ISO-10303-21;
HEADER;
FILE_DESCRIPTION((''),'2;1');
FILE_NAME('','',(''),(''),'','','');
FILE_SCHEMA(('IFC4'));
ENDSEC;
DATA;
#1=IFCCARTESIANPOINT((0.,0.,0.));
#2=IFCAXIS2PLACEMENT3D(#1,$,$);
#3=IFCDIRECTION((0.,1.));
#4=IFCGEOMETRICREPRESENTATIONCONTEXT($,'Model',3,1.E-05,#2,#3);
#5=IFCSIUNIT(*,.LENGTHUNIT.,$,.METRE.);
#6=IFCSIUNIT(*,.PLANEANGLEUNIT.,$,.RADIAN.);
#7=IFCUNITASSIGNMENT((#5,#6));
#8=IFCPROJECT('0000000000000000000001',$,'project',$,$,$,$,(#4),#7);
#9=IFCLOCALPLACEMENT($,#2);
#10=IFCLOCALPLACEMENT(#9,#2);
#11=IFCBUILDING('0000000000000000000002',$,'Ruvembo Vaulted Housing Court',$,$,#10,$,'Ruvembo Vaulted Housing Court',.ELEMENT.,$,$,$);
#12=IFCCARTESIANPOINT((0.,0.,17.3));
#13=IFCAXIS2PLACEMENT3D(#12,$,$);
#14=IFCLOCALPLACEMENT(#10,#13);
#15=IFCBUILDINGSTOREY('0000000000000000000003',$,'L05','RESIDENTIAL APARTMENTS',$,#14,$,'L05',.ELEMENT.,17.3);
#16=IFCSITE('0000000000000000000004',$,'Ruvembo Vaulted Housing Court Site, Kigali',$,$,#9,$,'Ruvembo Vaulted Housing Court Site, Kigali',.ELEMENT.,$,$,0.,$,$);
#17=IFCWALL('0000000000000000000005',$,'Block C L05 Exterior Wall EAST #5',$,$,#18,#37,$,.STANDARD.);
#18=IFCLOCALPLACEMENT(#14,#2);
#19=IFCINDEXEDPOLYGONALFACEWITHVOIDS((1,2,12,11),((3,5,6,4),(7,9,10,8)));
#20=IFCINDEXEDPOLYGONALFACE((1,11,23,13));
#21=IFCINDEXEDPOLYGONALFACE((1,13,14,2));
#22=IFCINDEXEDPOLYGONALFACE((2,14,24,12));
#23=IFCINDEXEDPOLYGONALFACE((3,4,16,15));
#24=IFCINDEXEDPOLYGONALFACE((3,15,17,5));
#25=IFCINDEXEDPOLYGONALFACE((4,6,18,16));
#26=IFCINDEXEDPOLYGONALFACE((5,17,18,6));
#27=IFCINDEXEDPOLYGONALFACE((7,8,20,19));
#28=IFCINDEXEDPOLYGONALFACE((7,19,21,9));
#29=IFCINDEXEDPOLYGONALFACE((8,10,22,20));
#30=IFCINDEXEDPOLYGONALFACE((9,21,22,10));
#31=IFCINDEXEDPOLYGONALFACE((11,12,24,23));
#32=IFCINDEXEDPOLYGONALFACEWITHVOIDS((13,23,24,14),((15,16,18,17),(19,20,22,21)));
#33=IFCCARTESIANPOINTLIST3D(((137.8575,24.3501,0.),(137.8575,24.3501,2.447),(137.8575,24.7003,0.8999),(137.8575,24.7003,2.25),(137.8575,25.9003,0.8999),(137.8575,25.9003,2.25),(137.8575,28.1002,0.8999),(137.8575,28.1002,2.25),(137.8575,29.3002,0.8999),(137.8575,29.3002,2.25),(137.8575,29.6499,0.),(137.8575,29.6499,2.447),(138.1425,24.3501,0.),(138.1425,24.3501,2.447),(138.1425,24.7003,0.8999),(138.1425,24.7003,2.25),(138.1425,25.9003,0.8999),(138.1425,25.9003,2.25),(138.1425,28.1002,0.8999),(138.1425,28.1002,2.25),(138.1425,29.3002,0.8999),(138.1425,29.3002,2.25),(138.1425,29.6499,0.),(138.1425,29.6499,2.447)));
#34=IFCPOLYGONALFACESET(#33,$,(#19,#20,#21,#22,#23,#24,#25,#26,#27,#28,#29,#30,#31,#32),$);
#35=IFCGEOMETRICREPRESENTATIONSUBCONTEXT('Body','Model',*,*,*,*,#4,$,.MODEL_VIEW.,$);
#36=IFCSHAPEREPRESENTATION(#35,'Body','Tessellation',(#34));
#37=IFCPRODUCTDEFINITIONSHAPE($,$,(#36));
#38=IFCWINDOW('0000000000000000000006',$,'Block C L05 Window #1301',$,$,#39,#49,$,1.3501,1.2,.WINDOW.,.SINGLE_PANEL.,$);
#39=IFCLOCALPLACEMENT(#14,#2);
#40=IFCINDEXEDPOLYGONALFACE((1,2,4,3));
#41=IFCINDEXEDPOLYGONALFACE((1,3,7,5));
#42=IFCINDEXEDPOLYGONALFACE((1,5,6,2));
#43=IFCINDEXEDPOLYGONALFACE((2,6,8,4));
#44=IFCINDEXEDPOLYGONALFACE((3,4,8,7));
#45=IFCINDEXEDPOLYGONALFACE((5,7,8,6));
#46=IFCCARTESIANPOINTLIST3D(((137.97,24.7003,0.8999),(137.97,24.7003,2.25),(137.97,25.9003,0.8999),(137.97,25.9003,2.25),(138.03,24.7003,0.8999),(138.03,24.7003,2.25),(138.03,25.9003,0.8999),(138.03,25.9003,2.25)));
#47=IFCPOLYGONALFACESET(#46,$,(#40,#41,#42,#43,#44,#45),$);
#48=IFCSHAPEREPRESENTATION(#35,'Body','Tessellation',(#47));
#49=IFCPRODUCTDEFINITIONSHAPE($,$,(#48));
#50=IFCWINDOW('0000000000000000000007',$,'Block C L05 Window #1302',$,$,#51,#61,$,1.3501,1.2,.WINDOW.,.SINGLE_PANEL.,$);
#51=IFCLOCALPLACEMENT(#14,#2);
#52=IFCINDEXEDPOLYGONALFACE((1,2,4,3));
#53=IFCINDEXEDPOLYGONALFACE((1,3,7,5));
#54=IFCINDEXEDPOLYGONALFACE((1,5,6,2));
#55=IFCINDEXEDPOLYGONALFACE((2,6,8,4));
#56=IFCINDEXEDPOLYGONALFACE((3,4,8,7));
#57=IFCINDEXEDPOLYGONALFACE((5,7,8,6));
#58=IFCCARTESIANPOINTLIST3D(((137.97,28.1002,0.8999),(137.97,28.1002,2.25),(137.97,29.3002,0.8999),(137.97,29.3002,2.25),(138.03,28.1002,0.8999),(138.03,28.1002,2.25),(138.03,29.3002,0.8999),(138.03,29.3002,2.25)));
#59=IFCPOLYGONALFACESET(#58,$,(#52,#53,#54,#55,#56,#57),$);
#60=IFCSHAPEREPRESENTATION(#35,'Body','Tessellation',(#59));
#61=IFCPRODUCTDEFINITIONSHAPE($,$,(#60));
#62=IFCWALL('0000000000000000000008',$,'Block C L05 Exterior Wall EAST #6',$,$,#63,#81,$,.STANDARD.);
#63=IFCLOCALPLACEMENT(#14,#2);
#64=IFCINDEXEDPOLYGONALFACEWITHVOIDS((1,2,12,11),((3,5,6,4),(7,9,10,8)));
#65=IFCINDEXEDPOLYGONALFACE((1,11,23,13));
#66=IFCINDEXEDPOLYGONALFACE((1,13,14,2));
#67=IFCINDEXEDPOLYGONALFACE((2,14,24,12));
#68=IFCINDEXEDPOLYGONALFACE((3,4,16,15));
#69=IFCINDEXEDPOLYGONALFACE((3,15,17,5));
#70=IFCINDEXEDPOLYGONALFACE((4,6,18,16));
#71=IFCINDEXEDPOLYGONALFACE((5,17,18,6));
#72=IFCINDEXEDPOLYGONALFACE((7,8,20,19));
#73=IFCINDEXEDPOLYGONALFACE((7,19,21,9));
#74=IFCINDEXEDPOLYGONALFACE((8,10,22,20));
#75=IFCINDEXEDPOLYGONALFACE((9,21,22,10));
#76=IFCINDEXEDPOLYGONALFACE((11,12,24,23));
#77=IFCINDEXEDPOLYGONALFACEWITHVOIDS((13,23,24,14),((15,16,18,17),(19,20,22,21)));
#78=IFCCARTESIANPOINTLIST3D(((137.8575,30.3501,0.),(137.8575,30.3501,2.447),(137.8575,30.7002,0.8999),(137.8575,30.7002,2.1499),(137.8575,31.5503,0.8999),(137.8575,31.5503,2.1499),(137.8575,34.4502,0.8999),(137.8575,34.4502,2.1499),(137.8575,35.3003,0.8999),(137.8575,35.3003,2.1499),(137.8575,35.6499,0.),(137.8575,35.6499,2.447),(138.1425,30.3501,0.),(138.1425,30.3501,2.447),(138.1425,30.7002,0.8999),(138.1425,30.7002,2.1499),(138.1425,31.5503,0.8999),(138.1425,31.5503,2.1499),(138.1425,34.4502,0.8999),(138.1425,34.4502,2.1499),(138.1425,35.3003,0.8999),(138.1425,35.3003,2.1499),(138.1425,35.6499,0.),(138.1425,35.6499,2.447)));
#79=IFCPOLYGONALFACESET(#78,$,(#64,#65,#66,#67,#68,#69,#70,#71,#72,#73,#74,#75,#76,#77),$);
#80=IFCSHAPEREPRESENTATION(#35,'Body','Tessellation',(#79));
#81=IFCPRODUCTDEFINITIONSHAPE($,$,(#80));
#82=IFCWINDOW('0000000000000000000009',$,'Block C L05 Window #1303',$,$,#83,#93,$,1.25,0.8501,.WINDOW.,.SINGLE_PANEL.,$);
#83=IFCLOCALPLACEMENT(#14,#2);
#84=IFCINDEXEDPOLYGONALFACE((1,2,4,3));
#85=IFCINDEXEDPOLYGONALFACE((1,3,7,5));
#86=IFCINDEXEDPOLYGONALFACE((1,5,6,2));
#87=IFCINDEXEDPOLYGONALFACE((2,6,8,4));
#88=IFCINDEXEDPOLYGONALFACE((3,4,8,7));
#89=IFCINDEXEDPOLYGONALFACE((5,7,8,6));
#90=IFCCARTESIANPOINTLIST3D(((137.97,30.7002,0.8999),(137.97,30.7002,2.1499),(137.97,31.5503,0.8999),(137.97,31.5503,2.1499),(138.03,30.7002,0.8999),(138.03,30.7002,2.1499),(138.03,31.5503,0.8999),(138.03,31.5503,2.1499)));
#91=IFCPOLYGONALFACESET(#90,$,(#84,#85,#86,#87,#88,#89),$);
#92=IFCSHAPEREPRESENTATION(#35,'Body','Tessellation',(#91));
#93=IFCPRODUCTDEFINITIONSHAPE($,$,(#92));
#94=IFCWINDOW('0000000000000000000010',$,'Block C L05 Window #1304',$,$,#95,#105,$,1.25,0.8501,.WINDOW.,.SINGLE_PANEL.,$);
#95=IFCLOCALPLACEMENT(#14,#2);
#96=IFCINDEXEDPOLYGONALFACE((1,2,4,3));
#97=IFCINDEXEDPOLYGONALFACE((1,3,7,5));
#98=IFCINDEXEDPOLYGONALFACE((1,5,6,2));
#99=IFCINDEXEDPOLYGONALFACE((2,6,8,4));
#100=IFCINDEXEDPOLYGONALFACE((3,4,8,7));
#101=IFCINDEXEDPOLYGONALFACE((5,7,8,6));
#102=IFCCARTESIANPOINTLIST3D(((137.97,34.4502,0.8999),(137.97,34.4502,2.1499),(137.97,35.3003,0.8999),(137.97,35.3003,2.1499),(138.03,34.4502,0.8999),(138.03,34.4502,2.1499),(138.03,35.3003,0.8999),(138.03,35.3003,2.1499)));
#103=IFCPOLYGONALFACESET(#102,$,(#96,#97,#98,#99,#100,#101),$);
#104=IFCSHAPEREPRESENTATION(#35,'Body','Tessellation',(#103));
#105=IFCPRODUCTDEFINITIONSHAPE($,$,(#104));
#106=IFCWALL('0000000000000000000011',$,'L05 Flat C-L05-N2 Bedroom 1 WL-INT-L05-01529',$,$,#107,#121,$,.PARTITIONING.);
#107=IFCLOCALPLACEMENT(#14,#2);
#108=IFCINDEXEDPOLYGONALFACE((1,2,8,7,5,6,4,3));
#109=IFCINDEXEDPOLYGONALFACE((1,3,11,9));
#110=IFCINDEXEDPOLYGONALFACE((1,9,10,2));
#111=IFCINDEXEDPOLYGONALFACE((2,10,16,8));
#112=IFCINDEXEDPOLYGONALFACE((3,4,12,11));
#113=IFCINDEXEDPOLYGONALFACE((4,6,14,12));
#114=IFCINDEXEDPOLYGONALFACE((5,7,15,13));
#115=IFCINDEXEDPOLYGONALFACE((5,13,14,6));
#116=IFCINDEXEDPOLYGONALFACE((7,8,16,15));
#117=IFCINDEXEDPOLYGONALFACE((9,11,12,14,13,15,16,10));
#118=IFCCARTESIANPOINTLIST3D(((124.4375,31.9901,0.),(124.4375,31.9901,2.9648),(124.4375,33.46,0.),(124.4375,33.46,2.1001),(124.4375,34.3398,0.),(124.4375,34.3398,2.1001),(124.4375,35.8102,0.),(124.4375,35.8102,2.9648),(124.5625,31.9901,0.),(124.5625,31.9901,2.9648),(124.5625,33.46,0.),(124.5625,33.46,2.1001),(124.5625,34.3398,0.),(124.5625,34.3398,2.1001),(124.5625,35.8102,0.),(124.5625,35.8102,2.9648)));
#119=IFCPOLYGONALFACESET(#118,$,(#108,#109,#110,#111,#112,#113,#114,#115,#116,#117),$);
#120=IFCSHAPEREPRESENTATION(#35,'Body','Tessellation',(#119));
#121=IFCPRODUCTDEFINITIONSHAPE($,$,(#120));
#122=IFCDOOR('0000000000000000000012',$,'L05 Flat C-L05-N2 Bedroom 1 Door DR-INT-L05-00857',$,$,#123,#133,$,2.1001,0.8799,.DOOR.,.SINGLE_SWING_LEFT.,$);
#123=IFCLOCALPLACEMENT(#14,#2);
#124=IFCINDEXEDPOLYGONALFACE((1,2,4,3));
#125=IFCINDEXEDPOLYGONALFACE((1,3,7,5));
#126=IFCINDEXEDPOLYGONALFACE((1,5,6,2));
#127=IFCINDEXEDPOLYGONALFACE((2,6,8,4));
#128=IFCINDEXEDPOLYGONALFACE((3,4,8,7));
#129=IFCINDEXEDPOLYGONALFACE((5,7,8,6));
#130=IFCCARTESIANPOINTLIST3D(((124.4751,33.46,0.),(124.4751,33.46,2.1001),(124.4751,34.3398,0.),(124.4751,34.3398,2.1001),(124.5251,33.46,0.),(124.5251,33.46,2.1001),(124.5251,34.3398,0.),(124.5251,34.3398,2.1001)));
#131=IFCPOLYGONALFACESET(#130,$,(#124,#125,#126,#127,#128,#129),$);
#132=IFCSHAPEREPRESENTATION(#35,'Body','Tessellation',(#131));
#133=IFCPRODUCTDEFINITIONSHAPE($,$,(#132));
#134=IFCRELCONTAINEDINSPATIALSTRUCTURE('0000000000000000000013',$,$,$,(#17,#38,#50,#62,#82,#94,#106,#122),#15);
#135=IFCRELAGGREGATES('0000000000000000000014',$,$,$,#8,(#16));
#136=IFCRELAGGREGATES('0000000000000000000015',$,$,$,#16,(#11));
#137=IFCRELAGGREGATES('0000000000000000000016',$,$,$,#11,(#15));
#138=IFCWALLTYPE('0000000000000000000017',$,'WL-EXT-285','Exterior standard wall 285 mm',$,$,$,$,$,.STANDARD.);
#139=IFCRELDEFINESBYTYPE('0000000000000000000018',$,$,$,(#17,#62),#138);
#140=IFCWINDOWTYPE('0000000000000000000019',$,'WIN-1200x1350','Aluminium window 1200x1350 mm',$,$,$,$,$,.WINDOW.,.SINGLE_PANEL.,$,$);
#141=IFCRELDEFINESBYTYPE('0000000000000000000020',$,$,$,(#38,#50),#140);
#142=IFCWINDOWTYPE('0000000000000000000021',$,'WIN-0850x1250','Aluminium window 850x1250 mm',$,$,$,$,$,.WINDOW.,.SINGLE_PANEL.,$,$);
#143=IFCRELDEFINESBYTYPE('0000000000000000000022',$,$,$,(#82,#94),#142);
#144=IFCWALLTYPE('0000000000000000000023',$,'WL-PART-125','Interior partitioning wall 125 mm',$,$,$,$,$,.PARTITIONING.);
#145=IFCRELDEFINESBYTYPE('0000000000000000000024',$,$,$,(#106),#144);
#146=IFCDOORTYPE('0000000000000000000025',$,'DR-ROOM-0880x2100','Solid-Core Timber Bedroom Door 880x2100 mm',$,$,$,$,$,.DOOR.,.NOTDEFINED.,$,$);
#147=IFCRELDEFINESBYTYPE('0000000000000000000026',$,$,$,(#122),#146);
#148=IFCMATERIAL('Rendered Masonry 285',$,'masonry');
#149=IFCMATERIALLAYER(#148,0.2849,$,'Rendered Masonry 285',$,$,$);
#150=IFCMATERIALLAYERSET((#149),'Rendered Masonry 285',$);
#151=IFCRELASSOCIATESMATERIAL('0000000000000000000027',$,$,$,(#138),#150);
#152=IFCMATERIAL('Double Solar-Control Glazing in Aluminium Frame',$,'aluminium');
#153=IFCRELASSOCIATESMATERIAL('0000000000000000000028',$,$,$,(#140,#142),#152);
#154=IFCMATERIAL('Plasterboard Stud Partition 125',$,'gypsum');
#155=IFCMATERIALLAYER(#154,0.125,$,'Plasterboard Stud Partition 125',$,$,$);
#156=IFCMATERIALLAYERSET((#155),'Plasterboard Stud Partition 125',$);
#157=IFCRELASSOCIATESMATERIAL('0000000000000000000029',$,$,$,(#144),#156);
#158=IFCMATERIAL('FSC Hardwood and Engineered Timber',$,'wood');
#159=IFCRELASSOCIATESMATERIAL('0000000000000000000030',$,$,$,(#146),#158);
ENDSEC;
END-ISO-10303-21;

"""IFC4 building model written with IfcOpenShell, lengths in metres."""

from ifc_helpers import new_model, si_unit, direction, frame, frame_2d, origin, place, context, subcontext, project, spatial, rectangle, extrude, material, layer, layer_set, type_object, element, fill, save


model = new_model("IFC4")

# Units and contexts
model_context = context("Model", 3, precision=1e-05, world=origin(), true_north=direction((0.0, 1.0)))
body_context = subcontext(model_context, "Body", "Model", "MODEL_VIEW")
ifc_project = project(units=[si_unit("LENGTHUNIT", "METRE"), si_unit("PLANEANGLEUNIT", "RADIAN")], contexts=[model_context])

# Site, building, storey
site_placement = place(None, origin())
site = spatial("IfcSite", under=ifc_project, at=site_placement, Name="Ruvembo Vaulted Housing Court Site, Kigali", LongName="Ruvembo Vaulted Housing Court Site, Kigali", CompositionType="ELEMENT", RefElevation=0.0)
building_placement = place(site_placement, origin())
building = spatial("IfcBuilding", under=site, at=building_placement, Name="Ruvembo Vaulted Housing Court", LongName="Ruvembo Vaulted Housing Court", CompositionType="ELEMENT")
storey_placement = place(building_placement, frame((0.0, 0.0, 17.3)))
storey = spatial("IfcBuildingStorey", under=building, at=storey_placement, Name="L05", Description="RESIDENTIAL APARTMENTS", LongName="L05", CompositionType="ELEMENT", Elevation=17.3)

# Walls, openings, windows
ifc_material_1 = material(Name="Rendered Masonry 285", Category="masonry")
ifc_layer_1 = layer(ifc_material_1, 0.2849, Name="Rendered Masonry 285")
ifc_layer_set_1 = layer_set([ifc_layer_1], Name="Rendered Masonry 285")
wall_type_1 = type_object("IfcWallType", Name="WL-EXT-285", Description="Exterior standard wall 285 mm", PredefinedType="STANDARD", material=ifc_layer_set_1)
wall_1_placement = place(storey_placement, frame((138.0, 24.3501, 0.0), z_axis=(0.0, 0.0, 1.0), x_axis=(0.0, 1.0, 0.0)))
wall_1 = element("IfcWall", 1, at=wall_1_placement, inside=storey, type_object=wall_type_1, Name="Block C L05 Exterior Wall EAST #5", PredefinedType="STANDARD", context=body_context, shape_type="SweptSolid", body=[
    extrude(rectangle(XDim=5.2998, YDim=0.2849, at=frame_2d((2.6499, 0.0))), origin(), (0.0, 0.0, 1.0), 2.447),
])
opening_1_placement = place(wall_1_placement, frame((0.3501, 0.0, 0.8999)))
opening_1 = element("IfcOpeningElement", 2, at=opening_1_placement, cuts=wall_1, PredefinedType="OPENING", context=body_context, shape_type="SweptSolid", body=[
    extrude(rectangle(XDim=1.2, YDim=1.3501, at=frame_2d((0.6001, 0.675))), frame((0.0, 0.1523, 0.0), z_axis=(0.0, -1.0, 0.0), x_axis=(1.0, 0.0, 0.0)), (0.0, 0.0, 1.0), 0.3049),
])
opening_2_placement = place(wall_1_placement, frame((3.75, 0.0, 0.8999)))
opening_2 = element("IfcOpeningElement", 3, at=opening_2_placement, cuts=wall_1, PredefinedType="OPENING", context=body_context, shape_type="SweptSolid", body=[
    extrude(rectangle(XDim=1.2, YDim=1.3501, at=frame_2d((0.6001, 0.675))), frame((0.0, 0.1523, 0.0), z_axis=(0.0, -1.0, 0.0), x_axis=(1.0, 0.0, 0.0)), (0.0, 0.0, 1.0), 0.3049),
])
ifc_material_2 = material(Name="Double Solar-Control Glazing in Aluminium Frame", Category="aluminium")
window_type_1 = type_object("IfcWindowType", Name="WIN-1200x1350", Description="Aluminium window 1200x1350 mm", PartitioningType="SINGLE_PANEL", PredefinedType="WINDOW", material=ifc_material_2)
window_1_placement = place(opening_1_placement, origin())
window_1 = element("IfcWindow", 4, at=window_1_placement, inside=storey, type_object=window_type_1, Name="Block C L05 Window #1301", OverallHeight=1.3501, OverallWidth=1.2, PartitioningType="SINGLE_PANEL", PredefinedType="WINDOW", context=body_context, shape_type="SweptSolid", body=[
    extrude(rectangle(XDim=1.2, YDim=1.3501, at=frame_2d((0.6001, 0.675))), frame((0.0, 0.03, 0.0), z_axis=(0.0, -1.0, 0.0), x_axis=(1.0, 0.0, 0.0)), (0.0, 0.0, 1.0), 0.0601),
])
fill(opening_1, window_1)
window_2_placement = place(opening_2_placement, origin())
window_2 = element("IfcWindow", 5, at=window_2_placement, inside=storey, type_object=window_type_1, Name="Block C L05 Window #1302", OverallHeight=1.3501, OverallWidth=1.2, PartitioningType="SINGLE_PANEL", PredefinedType="WINDOW", context=body_context, shape_type="SweptSolid", body=[
    extrude(rectangle(XDim=1.2, YDim=1.3501, at=frame_2d((0.6001, 0.675))), frame((0.0, 0.03, 0.0), z_axis=(0.0, -1.0, 0.0), x_axis=(1.0, 0.0, 0.0)), (0.0, 0.0, 1.0), 0.0601),
])
fill(opening_2, window_2)
wall_2_placement = place(storey_placement, frame((138.0, 30.3501, 0.0), z_axis=(0.0, 0.0, 1.0), x_axis=(0.0, 1.0, 0.0)))
wall_2 = element("IfcWall", 6, at=wall_2_placement, inside=storey, type_object=wall_type_1, Name="Block C L05 Exterior Wall EAST #6", PredefinedType="STANDARD", context=body_context, shape_type="SweptSolid", body=[
    extrude(rectangle(XDim=5.2998, YDim=0.2849, at=frame_2d((2.6499, 0.0))), origin(), (0.0, 0.0, 1.0), 2.447),
])
opening_3_placement = place(wall_2_placement, frame((0.3501, 0.0, 0.8999)))
opening_3 = element("IfcOpeningElement", 7, at=opening_3_placement, cuts=wall_2, PredefinedType="OPENING", context=body_context, shape_type="SweptSolid", body=[
    extrude(rectangle(XDim=0.8501, YDim=1.25, at=frame_2d((0.425, 0.625))), frame((0.0, 0.1523, 0.0), z_axis=(0.0, -1.0, 0.0), x_axis=(1.0, 0.0, 0.0)), (0.0, 0.0, 1.0), 0.3049),
])
opening_4_placement = place(wall_2_placement, frame((4.1001, 0.0, 0.8999)))
opening_4 = element("IfcOpeningElement", 8, at=opening_4_placement, cuts=wall_2, PredefinedType="OPENING", context=body_context, shape_type="SweptSolid", body=[
    extrude(rectangle(XDim=0.8501, YDim=1.25, at=frame_2d((0.425, 0.625))), frame((0.0, 0.1523, 0.0), z_axis=(0.0, -1.0, 0.0), x_axis=(1.0, 0.0, 0.0)), (0.0, 0.0, 1.0), 0.3049),
])
window_type_2 = type_object("IfcWindowType", Name="WIN-0850x1250", Description="Aluminium window 850x1250 mm", PartitioningType="SINGLE_PANEL", PredefinedType="WINDOW", material=ifc_material_2)
window_3_placement = place(opening_3_placement, origin())
window_3 = element("IfcWindow", 9, at=window_3_placement, inside=storey, type_object=window_type_2, Name="Block C L05 Window #1303", OverallHeight=1.25, OverallWidth=0.8501, PartitioningType="SINGLE_PANEL", PredefinedType="WINDOW", context=body_context, shape_type="SweptSolid", body=[
    extrude(rectangle(XDim=0.8501, YDim=1.25, at=frame_2d((0.425, 0.625))), frame((0.0, 0.03, 0.0), z_axis=(0.0, -1.0, 0.0), x_axis=(1.0, 0.0, 0.0)), (0.0, 0.0, 1.0), 0.0601),
])
fill(opening_3, window_3)
window_4_placement = place(opening_4_placement, origin())
window_4 = element("IfcWindow", 10, at=window_4_placement, inside=storey, type_object=window_type_2, Name="Block C L05 Window #1304", OverallHeight=1.25, OverallWidth=0.8501, PartitioningType="SINGLE_PANEL", PredefinedType="WINDOW", context=body_context, shape_type="SweptSolid", body=[
    extrude(rectangle(XDim=0.8501, YDim=1.25, at=frame_2d((0.425, 0.625))), frame((0.0, 0.03, 0.0), z_axis=(0.0, -1.0, 0.0), x_axis=(1.0, 0.0, 0.0)), (0.0, 0.0, 1.0), 0.0601),
])
fill(opening_4, window_4)

# Wall, opening, door
ifc_material_3 = material(Name="Plasterboard Stud Partition 125", Category="gypsum")
ifc_layer_2 = layer(ifc_material_3, 0.125, Name="Plasterboard Stud Partition 125")
ifc_layer_set_2 = layer_set([ifc_layer_2], Name="Plasterboard Stud Partition 125")
wall_type_2 = type_object("IfcWallType", Name="WL-PART-125", Description="Interior partitioning wall 125 mm", PredefinedType="PARTITIONING", material=ifc_layer_set_2)
wall_3_placement = place(storey_placement, frame((124.5, 31.99, 0.0), z_axis=(0.0, 0.0, 1.0), x_axis=(0.0, 1.0, 0.0)))
wall_3 = element("IfcWall", 11, at=wall_3_placement, inside=storey, type_object=wall_type_2, Name="L05 Flat C-L05-N2 Bedroom 1 WL-INT-L05-01529", PredefinedType="PARTITIONING", context=body_context, shape_type="SweptSolid", body=[
    extrude(rectangle(XDim=3.8201, YDim=0.125, at=frame_2d((1.9102, 0.0))), origin(), (0.0, 0.0, 1.0), 2.9648),
])
opening_5_placement = place(wall_3_placement, frame((1.47, 0.0, 0.0)))
opening_5 = element("IfcOpeningElement", 12, at=opening_5_placement, cuts=wall_3, PredefinedType="OPENING", context=body_context, shape_type="SweptSolid", body=[
    extrude(rectangle(XDim=0.8799, YDim=2.1001, at=frame_2d((0.4399, 1.05))), frame((0.0, 0.0725, 0.0), z_axis=(0.0, -1.0, 0.0), x_axis=(1.0, 0.0, 0.0)), (0.0, 0.0, 1.0), 0.145),
])
ifc_material_4 = material(Name="FSC Hardwood and Engineered Timber", Category="wood")
door_type = type_object("IfcDoorType", Name="DR-ROOM-0880x2100", Description="Solid-Core Timber Bedroom Door 880x2100 mm", OperationType="NOTDEFINED", PredefinedType="DOOR", material=ifc_material_4)
door_placement = place(opening_5_placement, origin())
door = element("IfcDoor", 13, at=door_placement, inside=storey, type_object=door_type, Name="L05 Flat C-L05-N2 Bedroom 1 Door DR-INT-L05-00857", OperationType="SINGLE_SWING_LEFT", OverallHeight=2.1001, OverallWidth=0.8799, PredefinedType="DOOR", context=body_context, shape_type="SweptSolid", body=[
    extrude(rectangle(XDim=0.8799, YDim=2.1001, at=frame_2d((0.4399, 1.05))), frame((0.0, 0.0249, 0.0), z_axis=(0.0, -1.0, 0.0), x_axis=(1.0, 0.0, 0.0)), (0.0, 0.0, 1.0), 0.05),
])
fill(opening_5, door)

save(model, "model.ifc")
